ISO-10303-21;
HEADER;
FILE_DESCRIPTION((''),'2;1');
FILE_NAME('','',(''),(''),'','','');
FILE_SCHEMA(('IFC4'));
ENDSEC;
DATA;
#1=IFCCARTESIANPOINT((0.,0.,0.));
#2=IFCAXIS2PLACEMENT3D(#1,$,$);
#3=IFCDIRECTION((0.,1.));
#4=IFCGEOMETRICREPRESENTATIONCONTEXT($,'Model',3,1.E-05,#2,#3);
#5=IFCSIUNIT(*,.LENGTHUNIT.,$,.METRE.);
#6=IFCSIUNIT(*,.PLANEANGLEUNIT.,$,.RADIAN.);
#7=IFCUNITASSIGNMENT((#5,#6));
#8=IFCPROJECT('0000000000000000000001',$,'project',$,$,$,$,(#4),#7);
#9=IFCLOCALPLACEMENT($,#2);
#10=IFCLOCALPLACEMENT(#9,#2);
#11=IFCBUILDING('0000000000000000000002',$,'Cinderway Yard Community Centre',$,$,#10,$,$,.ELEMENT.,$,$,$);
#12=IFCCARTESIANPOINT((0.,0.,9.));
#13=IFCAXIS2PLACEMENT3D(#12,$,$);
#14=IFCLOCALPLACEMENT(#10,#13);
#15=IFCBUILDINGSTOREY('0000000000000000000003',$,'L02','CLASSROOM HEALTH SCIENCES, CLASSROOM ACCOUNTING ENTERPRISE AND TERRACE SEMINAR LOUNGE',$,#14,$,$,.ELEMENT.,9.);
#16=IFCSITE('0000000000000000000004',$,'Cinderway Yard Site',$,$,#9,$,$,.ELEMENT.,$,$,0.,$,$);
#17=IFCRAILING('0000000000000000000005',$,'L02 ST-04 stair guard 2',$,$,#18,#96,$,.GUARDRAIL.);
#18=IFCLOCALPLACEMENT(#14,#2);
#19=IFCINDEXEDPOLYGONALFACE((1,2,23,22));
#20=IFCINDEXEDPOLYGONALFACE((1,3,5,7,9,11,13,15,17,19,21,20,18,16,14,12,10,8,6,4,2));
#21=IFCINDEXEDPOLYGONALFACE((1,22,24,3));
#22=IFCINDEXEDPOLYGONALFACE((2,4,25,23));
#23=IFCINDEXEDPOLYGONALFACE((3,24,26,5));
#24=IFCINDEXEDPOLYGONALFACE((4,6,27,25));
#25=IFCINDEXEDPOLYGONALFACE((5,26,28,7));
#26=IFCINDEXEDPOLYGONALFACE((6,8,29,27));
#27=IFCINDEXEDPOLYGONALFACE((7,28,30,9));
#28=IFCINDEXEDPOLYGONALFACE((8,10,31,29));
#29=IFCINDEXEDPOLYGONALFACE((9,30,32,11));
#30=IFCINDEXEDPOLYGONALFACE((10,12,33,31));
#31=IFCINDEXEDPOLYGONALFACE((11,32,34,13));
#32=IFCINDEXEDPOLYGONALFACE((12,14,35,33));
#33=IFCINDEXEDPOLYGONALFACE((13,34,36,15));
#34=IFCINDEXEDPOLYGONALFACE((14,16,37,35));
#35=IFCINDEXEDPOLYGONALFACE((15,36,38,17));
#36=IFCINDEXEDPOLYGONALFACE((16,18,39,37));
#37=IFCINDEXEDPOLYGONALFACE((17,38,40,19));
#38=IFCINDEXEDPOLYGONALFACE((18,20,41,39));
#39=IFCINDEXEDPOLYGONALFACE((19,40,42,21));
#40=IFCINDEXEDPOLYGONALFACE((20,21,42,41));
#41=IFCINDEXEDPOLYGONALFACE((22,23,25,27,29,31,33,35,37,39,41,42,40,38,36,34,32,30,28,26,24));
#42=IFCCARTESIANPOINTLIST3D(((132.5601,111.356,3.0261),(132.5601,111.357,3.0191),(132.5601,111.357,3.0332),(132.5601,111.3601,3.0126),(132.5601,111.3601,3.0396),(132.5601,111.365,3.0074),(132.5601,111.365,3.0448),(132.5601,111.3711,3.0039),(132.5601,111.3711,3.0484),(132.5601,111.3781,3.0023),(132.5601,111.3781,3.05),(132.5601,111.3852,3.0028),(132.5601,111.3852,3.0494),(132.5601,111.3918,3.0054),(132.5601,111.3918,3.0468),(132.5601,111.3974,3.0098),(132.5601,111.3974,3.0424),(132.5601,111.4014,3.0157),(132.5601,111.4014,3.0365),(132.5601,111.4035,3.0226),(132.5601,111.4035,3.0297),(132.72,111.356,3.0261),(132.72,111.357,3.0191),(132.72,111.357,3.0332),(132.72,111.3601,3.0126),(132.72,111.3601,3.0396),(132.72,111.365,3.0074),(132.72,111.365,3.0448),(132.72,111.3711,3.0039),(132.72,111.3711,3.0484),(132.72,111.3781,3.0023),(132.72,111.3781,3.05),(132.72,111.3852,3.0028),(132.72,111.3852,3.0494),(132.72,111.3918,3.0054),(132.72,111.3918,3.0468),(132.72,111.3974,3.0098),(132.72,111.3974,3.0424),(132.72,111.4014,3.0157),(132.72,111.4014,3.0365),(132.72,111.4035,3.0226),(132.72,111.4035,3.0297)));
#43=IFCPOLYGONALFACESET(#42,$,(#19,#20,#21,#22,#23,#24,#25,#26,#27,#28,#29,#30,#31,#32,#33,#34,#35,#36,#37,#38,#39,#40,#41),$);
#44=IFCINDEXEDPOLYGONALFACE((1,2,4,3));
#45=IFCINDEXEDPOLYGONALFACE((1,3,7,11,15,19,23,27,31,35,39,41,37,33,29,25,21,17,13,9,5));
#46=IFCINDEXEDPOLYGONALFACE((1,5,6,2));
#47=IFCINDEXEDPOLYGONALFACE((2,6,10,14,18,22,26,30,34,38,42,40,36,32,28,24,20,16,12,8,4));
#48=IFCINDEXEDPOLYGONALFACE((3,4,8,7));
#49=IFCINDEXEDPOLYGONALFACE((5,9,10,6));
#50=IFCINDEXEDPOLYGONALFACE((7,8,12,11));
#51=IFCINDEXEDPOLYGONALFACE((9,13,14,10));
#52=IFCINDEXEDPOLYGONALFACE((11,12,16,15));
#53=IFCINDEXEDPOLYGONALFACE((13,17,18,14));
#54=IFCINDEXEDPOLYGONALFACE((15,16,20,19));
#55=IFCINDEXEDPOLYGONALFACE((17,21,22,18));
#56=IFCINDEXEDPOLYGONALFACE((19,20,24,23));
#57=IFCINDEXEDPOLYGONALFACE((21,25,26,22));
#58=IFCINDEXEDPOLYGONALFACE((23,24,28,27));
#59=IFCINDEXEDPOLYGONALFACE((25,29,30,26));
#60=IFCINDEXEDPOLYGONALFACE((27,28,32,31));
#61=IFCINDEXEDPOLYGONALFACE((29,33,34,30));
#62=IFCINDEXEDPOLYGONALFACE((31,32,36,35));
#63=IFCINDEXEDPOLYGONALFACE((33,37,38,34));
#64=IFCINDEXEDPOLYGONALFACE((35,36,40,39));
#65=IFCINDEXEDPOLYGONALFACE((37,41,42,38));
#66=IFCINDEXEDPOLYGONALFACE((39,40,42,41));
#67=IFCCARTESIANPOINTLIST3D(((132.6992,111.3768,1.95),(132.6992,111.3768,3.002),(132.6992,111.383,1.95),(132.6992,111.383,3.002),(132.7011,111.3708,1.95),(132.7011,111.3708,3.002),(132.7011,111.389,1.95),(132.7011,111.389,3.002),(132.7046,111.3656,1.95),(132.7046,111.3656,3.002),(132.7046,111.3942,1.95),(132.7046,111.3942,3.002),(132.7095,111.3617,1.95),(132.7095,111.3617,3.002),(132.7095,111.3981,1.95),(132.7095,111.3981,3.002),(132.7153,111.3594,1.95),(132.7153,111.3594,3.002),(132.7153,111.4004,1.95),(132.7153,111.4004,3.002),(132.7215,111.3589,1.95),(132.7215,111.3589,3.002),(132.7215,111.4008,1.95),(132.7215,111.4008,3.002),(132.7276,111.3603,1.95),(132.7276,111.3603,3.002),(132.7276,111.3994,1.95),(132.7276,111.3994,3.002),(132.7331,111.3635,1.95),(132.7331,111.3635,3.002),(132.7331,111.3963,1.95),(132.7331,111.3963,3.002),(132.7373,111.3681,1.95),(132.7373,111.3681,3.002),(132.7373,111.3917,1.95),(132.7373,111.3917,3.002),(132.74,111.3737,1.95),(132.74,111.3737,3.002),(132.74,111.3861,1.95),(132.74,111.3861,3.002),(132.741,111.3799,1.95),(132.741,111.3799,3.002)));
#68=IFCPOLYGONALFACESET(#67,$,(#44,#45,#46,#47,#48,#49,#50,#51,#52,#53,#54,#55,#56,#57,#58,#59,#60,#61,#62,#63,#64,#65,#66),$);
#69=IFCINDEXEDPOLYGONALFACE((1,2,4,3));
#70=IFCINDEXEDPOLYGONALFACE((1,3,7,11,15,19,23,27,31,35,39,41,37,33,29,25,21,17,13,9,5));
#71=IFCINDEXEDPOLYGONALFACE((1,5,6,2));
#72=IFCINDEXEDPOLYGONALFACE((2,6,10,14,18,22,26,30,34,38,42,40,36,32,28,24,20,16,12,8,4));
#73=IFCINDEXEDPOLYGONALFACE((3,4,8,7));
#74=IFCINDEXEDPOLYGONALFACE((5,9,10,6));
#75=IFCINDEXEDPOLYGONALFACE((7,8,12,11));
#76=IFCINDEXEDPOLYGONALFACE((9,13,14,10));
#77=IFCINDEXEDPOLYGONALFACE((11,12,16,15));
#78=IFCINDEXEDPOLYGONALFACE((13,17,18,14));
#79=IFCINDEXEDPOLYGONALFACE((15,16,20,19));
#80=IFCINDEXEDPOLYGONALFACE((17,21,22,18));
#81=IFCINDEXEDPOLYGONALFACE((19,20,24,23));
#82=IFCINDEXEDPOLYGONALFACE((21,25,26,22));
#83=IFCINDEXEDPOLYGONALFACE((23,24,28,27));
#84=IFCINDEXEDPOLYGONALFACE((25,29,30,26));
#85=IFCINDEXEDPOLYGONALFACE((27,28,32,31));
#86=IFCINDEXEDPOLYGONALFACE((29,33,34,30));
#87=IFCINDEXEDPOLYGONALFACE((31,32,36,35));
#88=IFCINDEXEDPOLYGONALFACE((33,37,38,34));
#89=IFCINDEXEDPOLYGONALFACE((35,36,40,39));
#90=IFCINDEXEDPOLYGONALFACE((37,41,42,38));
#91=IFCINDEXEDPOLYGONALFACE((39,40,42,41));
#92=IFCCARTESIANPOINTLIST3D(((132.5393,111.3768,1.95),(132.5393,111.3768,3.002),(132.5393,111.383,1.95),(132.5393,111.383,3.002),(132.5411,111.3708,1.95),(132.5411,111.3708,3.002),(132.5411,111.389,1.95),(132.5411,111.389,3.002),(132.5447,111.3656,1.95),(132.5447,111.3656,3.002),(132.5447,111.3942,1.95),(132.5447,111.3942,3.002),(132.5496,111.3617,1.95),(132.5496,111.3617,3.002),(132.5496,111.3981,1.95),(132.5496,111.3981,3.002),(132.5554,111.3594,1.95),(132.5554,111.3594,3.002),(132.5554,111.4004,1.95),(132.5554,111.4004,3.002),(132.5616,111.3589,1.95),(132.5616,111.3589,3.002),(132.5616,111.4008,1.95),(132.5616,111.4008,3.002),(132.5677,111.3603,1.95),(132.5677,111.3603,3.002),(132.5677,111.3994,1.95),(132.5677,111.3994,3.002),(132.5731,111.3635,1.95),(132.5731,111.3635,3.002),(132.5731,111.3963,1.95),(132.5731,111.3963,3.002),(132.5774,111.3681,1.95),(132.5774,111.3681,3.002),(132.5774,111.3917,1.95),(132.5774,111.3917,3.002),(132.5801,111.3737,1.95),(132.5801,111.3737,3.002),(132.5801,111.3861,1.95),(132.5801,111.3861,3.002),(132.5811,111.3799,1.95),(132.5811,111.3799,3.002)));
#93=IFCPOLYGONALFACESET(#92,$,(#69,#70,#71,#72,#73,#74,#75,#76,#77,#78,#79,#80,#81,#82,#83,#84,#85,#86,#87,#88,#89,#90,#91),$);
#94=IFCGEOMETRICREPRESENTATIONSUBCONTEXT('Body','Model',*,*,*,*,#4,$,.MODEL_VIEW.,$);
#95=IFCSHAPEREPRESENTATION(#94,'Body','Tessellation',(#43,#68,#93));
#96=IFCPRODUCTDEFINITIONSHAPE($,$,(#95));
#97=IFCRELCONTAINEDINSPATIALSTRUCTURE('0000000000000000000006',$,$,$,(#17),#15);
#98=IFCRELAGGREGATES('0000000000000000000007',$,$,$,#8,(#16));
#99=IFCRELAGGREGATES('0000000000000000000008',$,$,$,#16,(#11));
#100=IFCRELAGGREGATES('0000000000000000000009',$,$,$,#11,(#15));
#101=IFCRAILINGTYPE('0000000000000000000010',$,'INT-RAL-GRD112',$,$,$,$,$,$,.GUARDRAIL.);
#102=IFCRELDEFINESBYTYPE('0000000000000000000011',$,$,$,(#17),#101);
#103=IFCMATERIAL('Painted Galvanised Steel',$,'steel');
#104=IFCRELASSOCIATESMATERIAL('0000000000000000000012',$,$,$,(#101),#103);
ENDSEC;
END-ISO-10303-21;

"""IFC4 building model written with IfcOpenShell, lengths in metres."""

from ifc_helpers import new_model, si_unit, direction, frame, origin, origin_2d, place, context, subcontext, project, spatial, circle, extrude, material, type_object, element, save


model = new_model("IFC4")

# Units and contexts
model_context = context("Model", 3, precision=1e-05, world=origin(), true_north=direction((0.0, 1.0)))
body_context = subcontext(model_context, "Body", "Model", "MODEL_VIEW")
ifc_project = project(units=[si_unit("LENGTHUNIT", "METRE"), si_unit("PLANEANGLEUNIT", "RADIAN")], contexts=[model_context])

# Site, building, storey
site_placement = place(None, origin())
site = spatial("IfcSite", under=ifc_project, at=site_placement, Name="Cinderway Yard Site", CompositionType="ELEMENT", RefElevation=0.0)
building_placement = place(site_placement, origin())
building = spatial("IfcBuilding", under=site, at=building_placement, Name="Cinderway Yard Community Centre", CompositionType="ELEMENT")
storey_placement = place(building_placement, frame((0.0, 0.0, 9.0)))
storey = spatial("IfcBuildingStorey", under=building, at=storey_placement, Name="L02", Description="CLASSROOM HEALTH SCIENCES, CLASSROOM ACCOUNTING ENTERPRISE AND TERRACE SEMINAR LOUNGE", CompositionType="ELEMENT", Elevation=9.0)

# Shared definitions
ifc_material_1 = material(Name="Painted Galvanised Steel", Category="steel")

# Railing
railing_type_1 = type_object("IfcRailingType", Name="INT-RAL-GRD112", PredefinedType="GUARDRAIL", material=ifc_material_1)
railing_1_placement = place(storey_placement, frame((132.72, 111.3799, 1.95)))
element("IfcRailing", 1, at=railing_1_placement, inside=storey, type_object=railing_type_1, Name="L02 ST-04 stair guard 2", PredefinedType="GUARDRAIL", context=body_context, shape_type="SweptSolid", body=[
    extrude(circle(Radius=0.0239, at=origin_2d()), frame((0.0, 0.0, 1.0762), z_axis=(-1.0, 0.0, 0.0), x_axis=(0.0, -1.0, 0.0)), (0.0, 0.0, 1.0), 0.1599),
    extrude(circle(Radius=0.021, at=origin_2d()), origin(), (0.0, 0.0, 1.0), 1.052),
    extrude(circle(Radius=0.021, at=origin_2d()), frame((-0.1599, 0.0, 0.0)), (0.0, 0.0, 1.0), 1.052),
])

save(model, "model.ifc")
